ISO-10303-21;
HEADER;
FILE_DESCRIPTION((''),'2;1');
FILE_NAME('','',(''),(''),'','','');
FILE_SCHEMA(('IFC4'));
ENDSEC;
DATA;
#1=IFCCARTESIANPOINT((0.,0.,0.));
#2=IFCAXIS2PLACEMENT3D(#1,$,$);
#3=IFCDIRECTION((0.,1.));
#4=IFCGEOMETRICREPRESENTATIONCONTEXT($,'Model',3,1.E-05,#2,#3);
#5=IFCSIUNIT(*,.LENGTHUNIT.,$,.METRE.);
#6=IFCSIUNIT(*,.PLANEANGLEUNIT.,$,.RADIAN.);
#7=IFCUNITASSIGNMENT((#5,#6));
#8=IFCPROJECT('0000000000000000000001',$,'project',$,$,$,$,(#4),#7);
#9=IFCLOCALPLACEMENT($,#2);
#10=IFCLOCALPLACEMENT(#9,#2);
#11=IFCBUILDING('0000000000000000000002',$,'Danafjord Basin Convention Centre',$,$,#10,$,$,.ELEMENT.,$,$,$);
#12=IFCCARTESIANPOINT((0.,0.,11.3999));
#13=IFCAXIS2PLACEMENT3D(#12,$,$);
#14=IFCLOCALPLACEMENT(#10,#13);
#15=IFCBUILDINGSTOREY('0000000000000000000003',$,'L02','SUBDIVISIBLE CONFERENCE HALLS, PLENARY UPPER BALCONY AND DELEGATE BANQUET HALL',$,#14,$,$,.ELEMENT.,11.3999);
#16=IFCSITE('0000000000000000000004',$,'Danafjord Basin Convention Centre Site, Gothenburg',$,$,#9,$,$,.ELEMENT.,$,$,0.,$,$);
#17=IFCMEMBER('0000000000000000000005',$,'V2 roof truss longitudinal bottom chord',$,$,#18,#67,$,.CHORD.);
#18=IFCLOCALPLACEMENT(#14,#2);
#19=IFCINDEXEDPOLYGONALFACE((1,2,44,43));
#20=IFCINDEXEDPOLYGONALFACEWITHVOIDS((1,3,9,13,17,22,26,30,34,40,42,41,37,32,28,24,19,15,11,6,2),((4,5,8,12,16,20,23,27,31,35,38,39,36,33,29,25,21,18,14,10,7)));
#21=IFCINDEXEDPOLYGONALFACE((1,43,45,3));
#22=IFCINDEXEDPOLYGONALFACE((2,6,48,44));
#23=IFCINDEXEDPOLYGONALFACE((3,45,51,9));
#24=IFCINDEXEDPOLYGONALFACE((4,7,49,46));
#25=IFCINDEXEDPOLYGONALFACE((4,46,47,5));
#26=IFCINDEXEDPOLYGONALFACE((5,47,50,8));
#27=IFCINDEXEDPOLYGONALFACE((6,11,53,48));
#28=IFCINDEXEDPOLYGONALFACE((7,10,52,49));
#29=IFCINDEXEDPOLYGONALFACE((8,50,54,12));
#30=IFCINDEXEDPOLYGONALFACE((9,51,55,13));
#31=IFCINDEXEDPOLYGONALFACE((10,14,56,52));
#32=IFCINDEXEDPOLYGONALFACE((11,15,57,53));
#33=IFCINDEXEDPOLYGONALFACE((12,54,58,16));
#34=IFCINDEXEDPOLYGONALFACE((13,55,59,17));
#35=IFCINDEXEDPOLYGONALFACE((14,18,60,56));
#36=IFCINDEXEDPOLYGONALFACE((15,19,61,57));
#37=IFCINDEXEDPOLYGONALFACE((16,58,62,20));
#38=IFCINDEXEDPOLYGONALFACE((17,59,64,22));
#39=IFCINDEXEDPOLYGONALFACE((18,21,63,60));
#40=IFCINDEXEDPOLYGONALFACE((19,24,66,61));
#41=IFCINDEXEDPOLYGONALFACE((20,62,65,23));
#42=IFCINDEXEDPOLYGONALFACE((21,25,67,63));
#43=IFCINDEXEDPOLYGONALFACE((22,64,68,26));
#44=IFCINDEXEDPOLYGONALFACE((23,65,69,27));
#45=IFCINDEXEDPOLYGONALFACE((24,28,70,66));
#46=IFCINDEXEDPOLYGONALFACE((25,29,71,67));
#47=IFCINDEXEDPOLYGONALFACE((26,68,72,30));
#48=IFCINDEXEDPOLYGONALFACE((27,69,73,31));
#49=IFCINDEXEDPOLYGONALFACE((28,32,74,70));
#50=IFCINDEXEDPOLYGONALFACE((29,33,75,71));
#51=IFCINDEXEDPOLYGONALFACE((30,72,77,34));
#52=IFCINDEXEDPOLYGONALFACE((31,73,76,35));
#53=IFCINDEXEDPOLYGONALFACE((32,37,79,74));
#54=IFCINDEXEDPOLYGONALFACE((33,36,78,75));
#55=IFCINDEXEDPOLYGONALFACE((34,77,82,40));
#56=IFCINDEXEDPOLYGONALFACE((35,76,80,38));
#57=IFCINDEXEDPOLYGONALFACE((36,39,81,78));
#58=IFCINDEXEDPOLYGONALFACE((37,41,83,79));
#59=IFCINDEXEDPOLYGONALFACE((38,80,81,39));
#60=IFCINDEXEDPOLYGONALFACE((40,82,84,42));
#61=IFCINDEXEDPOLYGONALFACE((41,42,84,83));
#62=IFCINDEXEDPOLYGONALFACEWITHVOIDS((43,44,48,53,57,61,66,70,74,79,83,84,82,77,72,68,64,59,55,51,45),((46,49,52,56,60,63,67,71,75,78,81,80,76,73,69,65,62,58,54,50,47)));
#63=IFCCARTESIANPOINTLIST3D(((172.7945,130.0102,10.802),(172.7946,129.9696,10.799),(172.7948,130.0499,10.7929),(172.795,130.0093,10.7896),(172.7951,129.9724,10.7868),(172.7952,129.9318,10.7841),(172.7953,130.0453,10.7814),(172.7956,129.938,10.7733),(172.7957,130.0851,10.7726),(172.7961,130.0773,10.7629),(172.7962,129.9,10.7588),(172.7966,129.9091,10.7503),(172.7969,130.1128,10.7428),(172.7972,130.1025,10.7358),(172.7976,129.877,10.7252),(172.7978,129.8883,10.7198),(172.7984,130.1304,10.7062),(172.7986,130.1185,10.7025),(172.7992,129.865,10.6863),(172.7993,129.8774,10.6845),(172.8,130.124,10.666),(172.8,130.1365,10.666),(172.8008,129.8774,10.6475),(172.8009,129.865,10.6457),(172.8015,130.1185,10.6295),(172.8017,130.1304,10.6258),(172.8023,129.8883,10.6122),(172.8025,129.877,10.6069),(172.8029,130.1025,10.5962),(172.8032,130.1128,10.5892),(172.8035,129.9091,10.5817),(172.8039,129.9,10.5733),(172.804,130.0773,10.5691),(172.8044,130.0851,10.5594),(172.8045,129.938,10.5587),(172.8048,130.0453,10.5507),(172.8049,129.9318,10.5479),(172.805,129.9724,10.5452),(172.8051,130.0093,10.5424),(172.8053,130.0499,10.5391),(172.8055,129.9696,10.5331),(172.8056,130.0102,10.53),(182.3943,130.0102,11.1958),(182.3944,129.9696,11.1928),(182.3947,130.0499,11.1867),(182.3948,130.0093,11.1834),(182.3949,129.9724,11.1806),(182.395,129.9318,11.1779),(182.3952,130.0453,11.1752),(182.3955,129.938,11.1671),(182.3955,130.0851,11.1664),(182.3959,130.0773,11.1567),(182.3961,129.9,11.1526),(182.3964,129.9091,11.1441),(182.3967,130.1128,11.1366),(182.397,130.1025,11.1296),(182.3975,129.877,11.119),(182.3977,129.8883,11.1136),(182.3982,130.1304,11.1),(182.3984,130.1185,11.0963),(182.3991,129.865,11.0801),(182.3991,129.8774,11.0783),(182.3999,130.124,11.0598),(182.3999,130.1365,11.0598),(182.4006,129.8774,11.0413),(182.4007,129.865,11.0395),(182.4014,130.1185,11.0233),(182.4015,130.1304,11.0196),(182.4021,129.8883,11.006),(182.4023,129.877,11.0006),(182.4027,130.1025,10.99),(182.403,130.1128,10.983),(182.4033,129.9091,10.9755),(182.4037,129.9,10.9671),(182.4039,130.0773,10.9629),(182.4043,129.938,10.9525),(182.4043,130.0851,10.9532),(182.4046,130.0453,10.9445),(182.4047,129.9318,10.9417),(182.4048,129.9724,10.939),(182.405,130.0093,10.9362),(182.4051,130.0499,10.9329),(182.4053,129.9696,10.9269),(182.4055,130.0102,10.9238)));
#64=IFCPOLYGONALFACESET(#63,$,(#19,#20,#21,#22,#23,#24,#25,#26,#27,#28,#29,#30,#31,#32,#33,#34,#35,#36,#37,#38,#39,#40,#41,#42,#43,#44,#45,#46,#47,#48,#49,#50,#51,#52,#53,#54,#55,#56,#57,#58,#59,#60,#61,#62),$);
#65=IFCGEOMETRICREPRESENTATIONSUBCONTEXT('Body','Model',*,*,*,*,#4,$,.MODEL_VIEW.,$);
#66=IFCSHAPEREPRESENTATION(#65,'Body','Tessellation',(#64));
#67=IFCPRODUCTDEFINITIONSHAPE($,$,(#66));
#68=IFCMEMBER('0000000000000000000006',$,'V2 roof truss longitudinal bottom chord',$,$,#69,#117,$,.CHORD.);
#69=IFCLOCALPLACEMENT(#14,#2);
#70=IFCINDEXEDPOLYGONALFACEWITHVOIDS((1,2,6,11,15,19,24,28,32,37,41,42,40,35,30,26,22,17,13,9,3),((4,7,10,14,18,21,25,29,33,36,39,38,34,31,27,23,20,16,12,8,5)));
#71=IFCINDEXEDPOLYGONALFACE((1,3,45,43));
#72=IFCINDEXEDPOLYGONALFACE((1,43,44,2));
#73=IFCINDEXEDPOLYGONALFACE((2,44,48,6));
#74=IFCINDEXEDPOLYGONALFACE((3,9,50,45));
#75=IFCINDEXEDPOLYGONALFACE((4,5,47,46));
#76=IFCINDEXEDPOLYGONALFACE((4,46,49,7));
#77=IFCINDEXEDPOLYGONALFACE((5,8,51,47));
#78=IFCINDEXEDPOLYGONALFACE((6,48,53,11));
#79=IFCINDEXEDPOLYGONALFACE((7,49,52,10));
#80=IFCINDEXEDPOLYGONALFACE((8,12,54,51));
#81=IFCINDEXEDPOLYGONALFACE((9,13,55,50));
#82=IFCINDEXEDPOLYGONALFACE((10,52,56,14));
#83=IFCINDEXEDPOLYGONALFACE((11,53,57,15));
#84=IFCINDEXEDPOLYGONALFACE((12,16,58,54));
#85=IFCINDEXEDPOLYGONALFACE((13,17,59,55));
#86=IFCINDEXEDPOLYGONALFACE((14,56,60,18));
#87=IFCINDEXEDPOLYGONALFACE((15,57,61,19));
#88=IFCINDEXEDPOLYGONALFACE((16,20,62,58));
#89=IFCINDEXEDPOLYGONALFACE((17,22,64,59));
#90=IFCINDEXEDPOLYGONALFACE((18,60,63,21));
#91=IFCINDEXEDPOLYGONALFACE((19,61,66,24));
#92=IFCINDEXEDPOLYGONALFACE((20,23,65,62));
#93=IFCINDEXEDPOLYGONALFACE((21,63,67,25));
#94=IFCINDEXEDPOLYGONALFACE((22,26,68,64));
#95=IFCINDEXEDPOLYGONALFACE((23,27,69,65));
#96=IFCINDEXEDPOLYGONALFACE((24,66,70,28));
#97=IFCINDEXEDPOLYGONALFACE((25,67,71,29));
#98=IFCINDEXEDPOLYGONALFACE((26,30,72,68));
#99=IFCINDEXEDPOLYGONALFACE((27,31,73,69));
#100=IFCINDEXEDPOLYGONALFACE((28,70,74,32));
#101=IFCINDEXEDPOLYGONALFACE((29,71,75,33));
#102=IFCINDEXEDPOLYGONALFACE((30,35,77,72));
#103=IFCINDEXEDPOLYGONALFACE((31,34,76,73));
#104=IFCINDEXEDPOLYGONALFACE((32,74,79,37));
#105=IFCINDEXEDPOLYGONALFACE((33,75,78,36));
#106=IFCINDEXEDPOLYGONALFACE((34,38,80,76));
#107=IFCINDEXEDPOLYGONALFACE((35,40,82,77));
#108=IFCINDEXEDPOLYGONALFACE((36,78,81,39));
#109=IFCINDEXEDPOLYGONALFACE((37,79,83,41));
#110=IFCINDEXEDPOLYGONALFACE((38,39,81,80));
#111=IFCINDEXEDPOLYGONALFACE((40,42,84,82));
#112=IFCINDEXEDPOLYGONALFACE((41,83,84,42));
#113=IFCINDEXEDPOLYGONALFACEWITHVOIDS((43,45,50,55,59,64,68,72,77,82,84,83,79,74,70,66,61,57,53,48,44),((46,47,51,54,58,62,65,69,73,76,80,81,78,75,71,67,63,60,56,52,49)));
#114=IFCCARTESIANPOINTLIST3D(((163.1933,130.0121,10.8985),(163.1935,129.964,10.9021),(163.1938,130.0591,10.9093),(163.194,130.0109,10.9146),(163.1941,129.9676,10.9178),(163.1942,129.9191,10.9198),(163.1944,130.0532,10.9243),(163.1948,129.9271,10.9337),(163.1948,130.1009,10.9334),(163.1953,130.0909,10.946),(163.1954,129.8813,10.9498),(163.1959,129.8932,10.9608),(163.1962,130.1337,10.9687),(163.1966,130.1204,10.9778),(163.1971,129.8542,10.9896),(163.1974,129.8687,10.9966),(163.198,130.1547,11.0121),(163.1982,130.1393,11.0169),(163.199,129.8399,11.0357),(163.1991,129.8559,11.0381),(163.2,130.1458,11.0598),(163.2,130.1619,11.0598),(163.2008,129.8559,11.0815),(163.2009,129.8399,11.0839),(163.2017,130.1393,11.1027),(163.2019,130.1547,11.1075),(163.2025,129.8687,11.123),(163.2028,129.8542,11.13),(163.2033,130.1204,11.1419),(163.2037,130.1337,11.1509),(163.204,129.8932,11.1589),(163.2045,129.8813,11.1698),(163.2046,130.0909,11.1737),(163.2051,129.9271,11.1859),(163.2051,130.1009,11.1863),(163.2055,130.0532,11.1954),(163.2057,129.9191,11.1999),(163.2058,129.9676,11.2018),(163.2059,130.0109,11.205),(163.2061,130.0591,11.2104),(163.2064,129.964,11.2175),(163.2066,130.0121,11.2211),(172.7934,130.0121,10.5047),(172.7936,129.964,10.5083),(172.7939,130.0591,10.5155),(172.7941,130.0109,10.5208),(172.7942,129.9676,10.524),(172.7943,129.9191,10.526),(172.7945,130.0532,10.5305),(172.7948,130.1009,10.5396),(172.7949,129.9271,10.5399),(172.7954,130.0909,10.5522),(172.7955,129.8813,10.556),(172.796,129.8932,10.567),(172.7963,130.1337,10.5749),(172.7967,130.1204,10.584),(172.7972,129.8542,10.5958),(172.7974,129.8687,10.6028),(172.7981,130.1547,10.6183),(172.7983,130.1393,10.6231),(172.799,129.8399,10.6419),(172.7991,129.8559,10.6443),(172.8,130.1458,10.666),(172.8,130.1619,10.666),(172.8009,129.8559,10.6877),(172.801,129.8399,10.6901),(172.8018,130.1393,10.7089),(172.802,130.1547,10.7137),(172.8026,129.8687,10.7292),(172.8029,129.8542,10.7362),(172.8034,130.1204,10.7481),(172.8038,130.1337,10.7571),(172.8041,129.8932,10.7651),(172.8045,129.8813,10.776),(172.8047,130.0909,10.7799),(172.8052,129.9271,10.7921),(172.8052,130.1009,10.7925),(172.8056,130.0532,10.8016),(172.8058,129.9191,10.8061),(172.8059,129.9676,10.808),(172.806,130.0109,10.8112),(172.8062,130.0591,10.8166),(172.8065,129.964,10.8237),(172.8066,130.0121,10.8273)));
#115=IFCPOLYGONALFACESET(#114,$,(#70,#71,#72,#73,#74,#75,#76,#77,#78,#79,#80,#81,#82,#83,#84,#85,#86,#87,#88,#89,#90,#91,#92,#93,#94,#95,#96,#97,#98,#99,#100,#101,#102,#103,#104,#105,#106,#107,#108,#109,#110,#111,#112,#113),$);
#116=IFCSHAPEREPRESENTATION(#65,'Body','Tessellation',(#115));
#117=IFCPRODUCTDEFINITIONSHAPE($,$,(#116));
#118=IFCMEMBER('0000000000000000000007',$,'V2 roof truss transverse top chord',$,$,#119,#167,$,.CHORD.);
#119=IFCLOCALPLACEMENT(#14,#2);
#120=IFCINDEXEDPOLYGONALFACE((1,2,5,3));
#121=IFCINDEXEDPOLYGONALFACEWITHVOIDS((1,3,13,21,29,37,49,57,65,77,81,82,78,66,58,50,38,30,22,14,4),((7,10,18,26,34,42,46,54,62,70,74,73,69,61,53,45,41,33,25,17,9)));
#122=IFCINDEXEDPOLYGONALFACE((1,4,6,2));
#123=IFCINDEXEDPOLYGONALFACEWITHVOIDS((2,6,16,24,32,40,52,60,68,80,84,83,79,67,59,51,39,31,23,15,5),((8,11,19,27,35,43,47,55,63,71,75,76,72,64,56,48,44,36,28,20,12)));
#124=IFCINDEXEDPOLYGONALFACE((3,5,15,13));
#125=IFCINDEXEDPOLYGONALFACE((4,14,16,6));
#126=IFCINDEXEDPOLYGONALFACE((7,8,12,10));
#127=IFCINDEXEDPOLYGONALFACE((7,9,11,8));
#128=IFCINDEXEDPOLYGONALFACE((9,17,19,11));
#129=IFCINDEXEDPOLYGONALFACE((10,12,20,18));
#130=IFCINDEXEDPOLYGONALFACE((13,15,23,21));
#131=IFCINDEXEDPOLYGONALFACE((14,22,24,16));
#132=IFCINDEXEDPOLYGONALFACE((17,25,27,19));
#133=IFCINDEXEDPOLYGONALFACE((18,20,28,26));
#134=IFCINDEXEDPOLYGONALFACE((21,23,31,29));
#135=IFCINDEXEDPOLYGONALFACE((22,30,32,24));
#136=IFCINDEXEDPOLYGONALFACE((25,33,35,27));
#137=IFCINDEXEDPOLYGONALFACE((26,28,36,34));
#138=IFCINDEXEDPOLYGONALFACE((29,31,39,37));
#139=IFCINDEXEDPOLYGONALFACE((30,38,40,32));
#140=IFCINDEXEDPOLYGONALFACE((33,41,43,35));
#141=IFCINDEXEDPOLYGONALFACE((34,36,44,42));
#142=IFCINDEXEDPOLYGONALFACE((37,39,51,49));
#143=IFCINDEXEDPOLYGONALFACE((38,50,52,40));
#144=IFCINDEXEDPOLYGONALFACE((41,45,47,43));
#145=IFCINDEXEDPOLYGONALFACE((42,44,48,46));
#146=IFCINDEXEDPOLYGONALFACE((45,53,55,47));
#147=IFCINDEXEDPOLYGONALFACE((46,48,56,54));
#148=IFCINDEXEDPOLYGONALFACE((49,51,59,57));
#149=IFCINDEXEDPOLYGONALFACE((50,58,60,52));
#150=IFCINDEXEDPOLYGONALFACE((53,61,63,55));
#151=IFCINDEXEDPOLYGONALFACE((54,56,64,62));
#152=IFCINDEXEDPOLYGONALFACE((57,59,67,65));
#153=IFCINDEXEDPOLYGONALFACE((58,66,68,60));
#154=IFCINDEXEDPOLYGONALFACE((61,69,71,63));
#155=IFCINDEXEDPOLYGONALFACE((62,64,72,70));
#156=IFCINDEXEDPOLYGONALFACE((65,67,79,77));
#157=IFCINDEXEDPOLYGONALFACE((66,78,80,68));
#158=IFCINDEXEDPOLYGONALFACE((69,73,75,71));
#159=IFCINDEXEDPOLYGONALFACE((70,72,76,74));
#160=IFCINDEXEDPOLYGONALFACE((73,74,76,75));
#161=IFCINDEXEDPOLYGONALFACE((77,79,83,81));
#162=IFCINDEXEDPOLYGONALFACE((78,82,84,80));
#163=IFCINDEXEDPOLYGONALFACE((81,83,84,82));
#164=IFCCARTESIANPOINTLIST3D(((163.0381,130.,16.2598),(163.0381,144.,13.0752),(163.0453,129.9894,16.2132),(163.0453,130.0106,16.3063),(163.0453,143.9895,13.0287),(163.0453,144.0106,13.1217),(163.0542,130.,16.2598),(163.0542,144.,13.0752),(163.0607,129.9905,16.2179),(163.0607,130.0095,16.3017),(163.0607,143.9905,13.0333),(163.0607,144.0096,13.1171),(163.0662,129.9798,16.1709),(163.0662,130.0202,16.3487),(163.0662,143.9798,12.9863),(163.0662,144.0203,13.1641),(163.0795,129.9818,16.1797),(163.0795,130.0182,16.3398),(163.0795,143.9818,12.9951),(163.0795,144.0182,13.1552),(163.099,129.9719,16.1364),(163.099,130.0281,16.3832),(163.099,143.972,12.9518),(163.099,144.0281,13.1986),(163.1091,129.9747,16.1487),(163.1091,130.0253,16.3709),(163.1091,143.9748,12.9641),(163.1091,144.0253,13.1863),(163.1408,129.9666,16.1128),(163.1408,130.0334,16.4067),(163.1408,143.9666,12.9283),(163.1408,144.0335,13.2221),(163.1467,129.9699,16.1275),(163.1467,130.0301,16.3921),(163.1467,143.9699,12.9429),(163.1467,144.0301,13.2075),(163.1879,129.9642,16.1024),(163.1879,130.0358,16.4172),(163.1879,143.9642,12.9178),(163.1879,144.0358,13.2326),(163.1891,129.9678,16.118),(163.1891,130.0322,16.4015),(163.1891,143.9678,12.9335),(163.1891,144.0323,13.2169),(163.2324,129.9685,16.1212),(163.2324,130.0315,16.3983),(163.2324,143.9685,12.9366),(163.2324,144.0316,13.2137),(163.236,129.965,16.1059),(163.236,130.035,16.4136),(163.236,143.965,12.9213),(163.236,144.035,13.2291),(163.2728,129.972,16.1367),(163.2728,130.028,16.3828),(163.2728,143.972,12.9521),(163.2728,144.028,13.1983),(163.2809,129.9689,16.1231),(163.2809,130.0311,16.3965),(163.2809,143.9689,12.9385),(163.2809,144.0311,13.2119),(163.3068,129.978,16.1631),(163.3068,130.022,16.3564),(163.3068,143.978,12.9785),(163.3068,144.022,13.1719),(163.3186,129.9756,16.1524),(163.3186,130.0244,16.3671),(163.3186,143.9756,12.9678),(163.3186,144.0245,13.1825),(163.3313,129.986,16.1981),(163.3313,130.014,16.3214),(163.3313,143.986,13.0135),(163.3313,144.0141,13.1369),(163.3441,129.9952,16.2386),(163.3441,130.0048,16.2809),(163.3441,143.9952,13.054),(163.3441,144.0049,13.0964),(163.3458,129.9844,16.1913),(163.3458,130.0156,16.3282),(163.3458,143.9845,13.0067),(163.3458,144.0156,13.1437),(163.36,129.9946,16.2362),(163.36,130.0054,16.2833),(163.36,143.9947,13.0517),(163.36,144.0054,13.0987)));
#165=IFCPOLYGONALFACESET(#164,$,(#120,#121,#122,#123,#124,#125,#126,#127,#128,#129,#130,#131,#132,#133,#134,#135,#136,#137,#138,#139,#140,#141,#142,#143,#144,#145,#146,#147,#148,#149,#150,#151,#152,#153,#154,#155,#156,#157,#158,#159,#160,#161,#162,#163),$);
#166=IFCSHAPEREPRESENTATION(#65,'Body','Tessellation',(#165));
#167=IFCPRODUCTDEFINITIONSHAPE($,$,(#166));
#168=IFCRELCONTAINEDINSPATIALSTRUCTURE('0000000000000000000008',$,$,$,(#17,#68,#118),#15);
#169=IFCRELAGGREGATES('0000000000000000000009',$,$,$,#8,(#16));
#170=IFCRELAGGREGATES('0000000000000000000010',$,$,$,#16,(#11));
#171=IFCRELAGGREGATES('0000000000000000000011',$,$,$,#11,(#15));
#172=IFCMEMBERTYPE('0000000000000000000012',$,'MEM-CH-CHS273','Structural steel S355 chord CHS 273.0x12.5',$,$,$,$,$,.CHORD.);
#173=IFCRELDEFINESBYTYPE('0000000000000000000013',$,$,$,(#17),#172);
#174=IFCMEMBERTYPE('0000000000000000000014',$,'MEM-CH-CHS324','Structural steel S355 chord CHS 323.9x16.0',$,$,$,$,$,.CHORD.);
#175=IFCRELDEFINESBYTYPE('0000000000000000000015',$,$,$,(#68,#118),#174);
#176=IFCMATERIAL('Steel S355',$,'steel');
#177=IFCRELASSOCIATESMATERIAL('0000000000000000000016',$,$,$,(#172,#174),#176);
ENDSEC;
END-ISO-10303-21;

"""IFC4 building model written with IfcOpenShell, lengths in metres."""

from ifc_helpers import new_model, si_unit, direction, frame, origin, origin_2d, place, context, subcontext, project, spatial, hollow_circle, extrude, material, material_profile, profile_set, type_object, element, save


model = new_model("IFC4")

# Units and contexts
model_context = context("Model", 3, precision=1e-05, world=origin(), true_north=direction((0.0, 1.0)))
body_context = subcontext(model_context, "Body", "Model", "MODEL_VIEW")
ifc_project = project(units=[si_unit("LENGTHUNIT", "METRE"), si_unit("PLANEANGLEUNIT", "RADIAN")], contexts=[model_context])

# Site, building, storey
site_placement = place(None, origin())
site = spatial("IfcSite", under=ifc_project, at=site_placement, Name="Danafjord Basin Convention Centre Site, Gothenburg", CompositionType="ELEMENT", RefElevation=0.0)
building_placement = place(site_placement, origin())
building = spatial("IfcBuilding", under=site, at=building_placement, Name="Danafjord Basin Convention Centre", CompositionType="ELEMENT")
storey_placement = place(building_placement, frame((0.0, 0.0, 11.3999)))
storey = spatial("IfcBuildingStorey", under=building, at=storey_placement, Name="L02", Description="SUBDIVISIBLE CONFERENCE HALLS, PLENARY UPPER BALCONY AND DELEGATE BANQUET HALL", CompositionType="ELEMENT", Elevation=11.3999)

# Shared definitions
ifc_material_1 = material(Name="Steel S355", Category="steel")

# Members
ifc_material_profile_1 = material_profile(ifc_material_1, hollow_circle(Radius=0.1365, WallThickness=0.0125, at=origin_2d()), Name="CHS 273.0x12.5")
ifc_profile_set_1 = profile_set([ifc_material_profile_1], Name="Steel S355")
member_type_1 = type_object("IfcMemberType", Name="MEM-CH-CHS273", Description="Structural steel S355 chord CHS 273.0x12.5", PredefinedType="CHORD", material=ifc_profile_set_1)
member_1_placement = place(storey_placement, frame((172.8, 130.0, 10.666), z_axis=(0.99916, 0.0, 0.040987), x_axis=(0.0, 1.0, 0.0)))
element("IfcMember", 1, at=member_1_placement, inside=storey, type_object=member_type_1, Name="V2 roof truss longitudinal bottom chord", PredefinedType="CHORD", context=body_context, shape_type="SweptSolid", body=[
    extrude(hollow_circle(Radius=0.1365, WallThickness=0.0125, at=origin_2d()), origin(), (0.0, 0.0, 1.0), 9.6079),
])
ifc_material_profile_2 = material_profile(ifc_material_1, hollow_circle(Radius=0.1619, WallThickness=0.0161, at=origin_2d()), Name="CHS 323.9x16.0")
ifc_profile_set_2 = profile_set([ifc_material_profile_2], Name="Steel S355")
member_type_2 = type_object("IfcMemberType", Name="MEM-CH-CHS324", Description="Structural steel S355 chord CHS 323.9x16.0", PredefinedType="CHORD", material=ifc_profile_set_2)
member_2_placement = place(storey_placement, frame((163.2, 130.0, 11.0598), z_axis=(0.99916, 0.0, -0.040986), x_axis=(0.0, 1.0, 0.0)))
element("IfcMember", 2, at=member_2_placement, inside=storey, type_object=member_type_2, Name="V2 roof truss longitudinal bottom chord", PredefinedType="CHORD", context=body_context, shape_type="SweptSolid", body=[
    extrude(hollow_circle(Radius=0.1619, WallThickness=0.0161, at=origin_2d()), origin(), (0.0, 0.0, 1.0), 9.6082),
])
member_3_placement = place(storey_placement, frame((163.2, 130.0, 16.2598), z_axis=(0.0, 0.975091, -0.221803), x_axis=(-1.0, 0.0, 0.0)))
element("IfcMember", 3, at=member_3_placement, inside=storey, type_object=member_type_2, Name="V2 roof truss transverse top chord", PredefinedType="CHORD", context=body_context, shape_type="SweptSolid", body=[
    extrude(hollow_circle(Radius=0.1619, WallThickness=0.0161, at=origin_2d()), origin(), (0.0, 0.0, 1.0), 14.3577),
])

save(model, "model.ifc")
